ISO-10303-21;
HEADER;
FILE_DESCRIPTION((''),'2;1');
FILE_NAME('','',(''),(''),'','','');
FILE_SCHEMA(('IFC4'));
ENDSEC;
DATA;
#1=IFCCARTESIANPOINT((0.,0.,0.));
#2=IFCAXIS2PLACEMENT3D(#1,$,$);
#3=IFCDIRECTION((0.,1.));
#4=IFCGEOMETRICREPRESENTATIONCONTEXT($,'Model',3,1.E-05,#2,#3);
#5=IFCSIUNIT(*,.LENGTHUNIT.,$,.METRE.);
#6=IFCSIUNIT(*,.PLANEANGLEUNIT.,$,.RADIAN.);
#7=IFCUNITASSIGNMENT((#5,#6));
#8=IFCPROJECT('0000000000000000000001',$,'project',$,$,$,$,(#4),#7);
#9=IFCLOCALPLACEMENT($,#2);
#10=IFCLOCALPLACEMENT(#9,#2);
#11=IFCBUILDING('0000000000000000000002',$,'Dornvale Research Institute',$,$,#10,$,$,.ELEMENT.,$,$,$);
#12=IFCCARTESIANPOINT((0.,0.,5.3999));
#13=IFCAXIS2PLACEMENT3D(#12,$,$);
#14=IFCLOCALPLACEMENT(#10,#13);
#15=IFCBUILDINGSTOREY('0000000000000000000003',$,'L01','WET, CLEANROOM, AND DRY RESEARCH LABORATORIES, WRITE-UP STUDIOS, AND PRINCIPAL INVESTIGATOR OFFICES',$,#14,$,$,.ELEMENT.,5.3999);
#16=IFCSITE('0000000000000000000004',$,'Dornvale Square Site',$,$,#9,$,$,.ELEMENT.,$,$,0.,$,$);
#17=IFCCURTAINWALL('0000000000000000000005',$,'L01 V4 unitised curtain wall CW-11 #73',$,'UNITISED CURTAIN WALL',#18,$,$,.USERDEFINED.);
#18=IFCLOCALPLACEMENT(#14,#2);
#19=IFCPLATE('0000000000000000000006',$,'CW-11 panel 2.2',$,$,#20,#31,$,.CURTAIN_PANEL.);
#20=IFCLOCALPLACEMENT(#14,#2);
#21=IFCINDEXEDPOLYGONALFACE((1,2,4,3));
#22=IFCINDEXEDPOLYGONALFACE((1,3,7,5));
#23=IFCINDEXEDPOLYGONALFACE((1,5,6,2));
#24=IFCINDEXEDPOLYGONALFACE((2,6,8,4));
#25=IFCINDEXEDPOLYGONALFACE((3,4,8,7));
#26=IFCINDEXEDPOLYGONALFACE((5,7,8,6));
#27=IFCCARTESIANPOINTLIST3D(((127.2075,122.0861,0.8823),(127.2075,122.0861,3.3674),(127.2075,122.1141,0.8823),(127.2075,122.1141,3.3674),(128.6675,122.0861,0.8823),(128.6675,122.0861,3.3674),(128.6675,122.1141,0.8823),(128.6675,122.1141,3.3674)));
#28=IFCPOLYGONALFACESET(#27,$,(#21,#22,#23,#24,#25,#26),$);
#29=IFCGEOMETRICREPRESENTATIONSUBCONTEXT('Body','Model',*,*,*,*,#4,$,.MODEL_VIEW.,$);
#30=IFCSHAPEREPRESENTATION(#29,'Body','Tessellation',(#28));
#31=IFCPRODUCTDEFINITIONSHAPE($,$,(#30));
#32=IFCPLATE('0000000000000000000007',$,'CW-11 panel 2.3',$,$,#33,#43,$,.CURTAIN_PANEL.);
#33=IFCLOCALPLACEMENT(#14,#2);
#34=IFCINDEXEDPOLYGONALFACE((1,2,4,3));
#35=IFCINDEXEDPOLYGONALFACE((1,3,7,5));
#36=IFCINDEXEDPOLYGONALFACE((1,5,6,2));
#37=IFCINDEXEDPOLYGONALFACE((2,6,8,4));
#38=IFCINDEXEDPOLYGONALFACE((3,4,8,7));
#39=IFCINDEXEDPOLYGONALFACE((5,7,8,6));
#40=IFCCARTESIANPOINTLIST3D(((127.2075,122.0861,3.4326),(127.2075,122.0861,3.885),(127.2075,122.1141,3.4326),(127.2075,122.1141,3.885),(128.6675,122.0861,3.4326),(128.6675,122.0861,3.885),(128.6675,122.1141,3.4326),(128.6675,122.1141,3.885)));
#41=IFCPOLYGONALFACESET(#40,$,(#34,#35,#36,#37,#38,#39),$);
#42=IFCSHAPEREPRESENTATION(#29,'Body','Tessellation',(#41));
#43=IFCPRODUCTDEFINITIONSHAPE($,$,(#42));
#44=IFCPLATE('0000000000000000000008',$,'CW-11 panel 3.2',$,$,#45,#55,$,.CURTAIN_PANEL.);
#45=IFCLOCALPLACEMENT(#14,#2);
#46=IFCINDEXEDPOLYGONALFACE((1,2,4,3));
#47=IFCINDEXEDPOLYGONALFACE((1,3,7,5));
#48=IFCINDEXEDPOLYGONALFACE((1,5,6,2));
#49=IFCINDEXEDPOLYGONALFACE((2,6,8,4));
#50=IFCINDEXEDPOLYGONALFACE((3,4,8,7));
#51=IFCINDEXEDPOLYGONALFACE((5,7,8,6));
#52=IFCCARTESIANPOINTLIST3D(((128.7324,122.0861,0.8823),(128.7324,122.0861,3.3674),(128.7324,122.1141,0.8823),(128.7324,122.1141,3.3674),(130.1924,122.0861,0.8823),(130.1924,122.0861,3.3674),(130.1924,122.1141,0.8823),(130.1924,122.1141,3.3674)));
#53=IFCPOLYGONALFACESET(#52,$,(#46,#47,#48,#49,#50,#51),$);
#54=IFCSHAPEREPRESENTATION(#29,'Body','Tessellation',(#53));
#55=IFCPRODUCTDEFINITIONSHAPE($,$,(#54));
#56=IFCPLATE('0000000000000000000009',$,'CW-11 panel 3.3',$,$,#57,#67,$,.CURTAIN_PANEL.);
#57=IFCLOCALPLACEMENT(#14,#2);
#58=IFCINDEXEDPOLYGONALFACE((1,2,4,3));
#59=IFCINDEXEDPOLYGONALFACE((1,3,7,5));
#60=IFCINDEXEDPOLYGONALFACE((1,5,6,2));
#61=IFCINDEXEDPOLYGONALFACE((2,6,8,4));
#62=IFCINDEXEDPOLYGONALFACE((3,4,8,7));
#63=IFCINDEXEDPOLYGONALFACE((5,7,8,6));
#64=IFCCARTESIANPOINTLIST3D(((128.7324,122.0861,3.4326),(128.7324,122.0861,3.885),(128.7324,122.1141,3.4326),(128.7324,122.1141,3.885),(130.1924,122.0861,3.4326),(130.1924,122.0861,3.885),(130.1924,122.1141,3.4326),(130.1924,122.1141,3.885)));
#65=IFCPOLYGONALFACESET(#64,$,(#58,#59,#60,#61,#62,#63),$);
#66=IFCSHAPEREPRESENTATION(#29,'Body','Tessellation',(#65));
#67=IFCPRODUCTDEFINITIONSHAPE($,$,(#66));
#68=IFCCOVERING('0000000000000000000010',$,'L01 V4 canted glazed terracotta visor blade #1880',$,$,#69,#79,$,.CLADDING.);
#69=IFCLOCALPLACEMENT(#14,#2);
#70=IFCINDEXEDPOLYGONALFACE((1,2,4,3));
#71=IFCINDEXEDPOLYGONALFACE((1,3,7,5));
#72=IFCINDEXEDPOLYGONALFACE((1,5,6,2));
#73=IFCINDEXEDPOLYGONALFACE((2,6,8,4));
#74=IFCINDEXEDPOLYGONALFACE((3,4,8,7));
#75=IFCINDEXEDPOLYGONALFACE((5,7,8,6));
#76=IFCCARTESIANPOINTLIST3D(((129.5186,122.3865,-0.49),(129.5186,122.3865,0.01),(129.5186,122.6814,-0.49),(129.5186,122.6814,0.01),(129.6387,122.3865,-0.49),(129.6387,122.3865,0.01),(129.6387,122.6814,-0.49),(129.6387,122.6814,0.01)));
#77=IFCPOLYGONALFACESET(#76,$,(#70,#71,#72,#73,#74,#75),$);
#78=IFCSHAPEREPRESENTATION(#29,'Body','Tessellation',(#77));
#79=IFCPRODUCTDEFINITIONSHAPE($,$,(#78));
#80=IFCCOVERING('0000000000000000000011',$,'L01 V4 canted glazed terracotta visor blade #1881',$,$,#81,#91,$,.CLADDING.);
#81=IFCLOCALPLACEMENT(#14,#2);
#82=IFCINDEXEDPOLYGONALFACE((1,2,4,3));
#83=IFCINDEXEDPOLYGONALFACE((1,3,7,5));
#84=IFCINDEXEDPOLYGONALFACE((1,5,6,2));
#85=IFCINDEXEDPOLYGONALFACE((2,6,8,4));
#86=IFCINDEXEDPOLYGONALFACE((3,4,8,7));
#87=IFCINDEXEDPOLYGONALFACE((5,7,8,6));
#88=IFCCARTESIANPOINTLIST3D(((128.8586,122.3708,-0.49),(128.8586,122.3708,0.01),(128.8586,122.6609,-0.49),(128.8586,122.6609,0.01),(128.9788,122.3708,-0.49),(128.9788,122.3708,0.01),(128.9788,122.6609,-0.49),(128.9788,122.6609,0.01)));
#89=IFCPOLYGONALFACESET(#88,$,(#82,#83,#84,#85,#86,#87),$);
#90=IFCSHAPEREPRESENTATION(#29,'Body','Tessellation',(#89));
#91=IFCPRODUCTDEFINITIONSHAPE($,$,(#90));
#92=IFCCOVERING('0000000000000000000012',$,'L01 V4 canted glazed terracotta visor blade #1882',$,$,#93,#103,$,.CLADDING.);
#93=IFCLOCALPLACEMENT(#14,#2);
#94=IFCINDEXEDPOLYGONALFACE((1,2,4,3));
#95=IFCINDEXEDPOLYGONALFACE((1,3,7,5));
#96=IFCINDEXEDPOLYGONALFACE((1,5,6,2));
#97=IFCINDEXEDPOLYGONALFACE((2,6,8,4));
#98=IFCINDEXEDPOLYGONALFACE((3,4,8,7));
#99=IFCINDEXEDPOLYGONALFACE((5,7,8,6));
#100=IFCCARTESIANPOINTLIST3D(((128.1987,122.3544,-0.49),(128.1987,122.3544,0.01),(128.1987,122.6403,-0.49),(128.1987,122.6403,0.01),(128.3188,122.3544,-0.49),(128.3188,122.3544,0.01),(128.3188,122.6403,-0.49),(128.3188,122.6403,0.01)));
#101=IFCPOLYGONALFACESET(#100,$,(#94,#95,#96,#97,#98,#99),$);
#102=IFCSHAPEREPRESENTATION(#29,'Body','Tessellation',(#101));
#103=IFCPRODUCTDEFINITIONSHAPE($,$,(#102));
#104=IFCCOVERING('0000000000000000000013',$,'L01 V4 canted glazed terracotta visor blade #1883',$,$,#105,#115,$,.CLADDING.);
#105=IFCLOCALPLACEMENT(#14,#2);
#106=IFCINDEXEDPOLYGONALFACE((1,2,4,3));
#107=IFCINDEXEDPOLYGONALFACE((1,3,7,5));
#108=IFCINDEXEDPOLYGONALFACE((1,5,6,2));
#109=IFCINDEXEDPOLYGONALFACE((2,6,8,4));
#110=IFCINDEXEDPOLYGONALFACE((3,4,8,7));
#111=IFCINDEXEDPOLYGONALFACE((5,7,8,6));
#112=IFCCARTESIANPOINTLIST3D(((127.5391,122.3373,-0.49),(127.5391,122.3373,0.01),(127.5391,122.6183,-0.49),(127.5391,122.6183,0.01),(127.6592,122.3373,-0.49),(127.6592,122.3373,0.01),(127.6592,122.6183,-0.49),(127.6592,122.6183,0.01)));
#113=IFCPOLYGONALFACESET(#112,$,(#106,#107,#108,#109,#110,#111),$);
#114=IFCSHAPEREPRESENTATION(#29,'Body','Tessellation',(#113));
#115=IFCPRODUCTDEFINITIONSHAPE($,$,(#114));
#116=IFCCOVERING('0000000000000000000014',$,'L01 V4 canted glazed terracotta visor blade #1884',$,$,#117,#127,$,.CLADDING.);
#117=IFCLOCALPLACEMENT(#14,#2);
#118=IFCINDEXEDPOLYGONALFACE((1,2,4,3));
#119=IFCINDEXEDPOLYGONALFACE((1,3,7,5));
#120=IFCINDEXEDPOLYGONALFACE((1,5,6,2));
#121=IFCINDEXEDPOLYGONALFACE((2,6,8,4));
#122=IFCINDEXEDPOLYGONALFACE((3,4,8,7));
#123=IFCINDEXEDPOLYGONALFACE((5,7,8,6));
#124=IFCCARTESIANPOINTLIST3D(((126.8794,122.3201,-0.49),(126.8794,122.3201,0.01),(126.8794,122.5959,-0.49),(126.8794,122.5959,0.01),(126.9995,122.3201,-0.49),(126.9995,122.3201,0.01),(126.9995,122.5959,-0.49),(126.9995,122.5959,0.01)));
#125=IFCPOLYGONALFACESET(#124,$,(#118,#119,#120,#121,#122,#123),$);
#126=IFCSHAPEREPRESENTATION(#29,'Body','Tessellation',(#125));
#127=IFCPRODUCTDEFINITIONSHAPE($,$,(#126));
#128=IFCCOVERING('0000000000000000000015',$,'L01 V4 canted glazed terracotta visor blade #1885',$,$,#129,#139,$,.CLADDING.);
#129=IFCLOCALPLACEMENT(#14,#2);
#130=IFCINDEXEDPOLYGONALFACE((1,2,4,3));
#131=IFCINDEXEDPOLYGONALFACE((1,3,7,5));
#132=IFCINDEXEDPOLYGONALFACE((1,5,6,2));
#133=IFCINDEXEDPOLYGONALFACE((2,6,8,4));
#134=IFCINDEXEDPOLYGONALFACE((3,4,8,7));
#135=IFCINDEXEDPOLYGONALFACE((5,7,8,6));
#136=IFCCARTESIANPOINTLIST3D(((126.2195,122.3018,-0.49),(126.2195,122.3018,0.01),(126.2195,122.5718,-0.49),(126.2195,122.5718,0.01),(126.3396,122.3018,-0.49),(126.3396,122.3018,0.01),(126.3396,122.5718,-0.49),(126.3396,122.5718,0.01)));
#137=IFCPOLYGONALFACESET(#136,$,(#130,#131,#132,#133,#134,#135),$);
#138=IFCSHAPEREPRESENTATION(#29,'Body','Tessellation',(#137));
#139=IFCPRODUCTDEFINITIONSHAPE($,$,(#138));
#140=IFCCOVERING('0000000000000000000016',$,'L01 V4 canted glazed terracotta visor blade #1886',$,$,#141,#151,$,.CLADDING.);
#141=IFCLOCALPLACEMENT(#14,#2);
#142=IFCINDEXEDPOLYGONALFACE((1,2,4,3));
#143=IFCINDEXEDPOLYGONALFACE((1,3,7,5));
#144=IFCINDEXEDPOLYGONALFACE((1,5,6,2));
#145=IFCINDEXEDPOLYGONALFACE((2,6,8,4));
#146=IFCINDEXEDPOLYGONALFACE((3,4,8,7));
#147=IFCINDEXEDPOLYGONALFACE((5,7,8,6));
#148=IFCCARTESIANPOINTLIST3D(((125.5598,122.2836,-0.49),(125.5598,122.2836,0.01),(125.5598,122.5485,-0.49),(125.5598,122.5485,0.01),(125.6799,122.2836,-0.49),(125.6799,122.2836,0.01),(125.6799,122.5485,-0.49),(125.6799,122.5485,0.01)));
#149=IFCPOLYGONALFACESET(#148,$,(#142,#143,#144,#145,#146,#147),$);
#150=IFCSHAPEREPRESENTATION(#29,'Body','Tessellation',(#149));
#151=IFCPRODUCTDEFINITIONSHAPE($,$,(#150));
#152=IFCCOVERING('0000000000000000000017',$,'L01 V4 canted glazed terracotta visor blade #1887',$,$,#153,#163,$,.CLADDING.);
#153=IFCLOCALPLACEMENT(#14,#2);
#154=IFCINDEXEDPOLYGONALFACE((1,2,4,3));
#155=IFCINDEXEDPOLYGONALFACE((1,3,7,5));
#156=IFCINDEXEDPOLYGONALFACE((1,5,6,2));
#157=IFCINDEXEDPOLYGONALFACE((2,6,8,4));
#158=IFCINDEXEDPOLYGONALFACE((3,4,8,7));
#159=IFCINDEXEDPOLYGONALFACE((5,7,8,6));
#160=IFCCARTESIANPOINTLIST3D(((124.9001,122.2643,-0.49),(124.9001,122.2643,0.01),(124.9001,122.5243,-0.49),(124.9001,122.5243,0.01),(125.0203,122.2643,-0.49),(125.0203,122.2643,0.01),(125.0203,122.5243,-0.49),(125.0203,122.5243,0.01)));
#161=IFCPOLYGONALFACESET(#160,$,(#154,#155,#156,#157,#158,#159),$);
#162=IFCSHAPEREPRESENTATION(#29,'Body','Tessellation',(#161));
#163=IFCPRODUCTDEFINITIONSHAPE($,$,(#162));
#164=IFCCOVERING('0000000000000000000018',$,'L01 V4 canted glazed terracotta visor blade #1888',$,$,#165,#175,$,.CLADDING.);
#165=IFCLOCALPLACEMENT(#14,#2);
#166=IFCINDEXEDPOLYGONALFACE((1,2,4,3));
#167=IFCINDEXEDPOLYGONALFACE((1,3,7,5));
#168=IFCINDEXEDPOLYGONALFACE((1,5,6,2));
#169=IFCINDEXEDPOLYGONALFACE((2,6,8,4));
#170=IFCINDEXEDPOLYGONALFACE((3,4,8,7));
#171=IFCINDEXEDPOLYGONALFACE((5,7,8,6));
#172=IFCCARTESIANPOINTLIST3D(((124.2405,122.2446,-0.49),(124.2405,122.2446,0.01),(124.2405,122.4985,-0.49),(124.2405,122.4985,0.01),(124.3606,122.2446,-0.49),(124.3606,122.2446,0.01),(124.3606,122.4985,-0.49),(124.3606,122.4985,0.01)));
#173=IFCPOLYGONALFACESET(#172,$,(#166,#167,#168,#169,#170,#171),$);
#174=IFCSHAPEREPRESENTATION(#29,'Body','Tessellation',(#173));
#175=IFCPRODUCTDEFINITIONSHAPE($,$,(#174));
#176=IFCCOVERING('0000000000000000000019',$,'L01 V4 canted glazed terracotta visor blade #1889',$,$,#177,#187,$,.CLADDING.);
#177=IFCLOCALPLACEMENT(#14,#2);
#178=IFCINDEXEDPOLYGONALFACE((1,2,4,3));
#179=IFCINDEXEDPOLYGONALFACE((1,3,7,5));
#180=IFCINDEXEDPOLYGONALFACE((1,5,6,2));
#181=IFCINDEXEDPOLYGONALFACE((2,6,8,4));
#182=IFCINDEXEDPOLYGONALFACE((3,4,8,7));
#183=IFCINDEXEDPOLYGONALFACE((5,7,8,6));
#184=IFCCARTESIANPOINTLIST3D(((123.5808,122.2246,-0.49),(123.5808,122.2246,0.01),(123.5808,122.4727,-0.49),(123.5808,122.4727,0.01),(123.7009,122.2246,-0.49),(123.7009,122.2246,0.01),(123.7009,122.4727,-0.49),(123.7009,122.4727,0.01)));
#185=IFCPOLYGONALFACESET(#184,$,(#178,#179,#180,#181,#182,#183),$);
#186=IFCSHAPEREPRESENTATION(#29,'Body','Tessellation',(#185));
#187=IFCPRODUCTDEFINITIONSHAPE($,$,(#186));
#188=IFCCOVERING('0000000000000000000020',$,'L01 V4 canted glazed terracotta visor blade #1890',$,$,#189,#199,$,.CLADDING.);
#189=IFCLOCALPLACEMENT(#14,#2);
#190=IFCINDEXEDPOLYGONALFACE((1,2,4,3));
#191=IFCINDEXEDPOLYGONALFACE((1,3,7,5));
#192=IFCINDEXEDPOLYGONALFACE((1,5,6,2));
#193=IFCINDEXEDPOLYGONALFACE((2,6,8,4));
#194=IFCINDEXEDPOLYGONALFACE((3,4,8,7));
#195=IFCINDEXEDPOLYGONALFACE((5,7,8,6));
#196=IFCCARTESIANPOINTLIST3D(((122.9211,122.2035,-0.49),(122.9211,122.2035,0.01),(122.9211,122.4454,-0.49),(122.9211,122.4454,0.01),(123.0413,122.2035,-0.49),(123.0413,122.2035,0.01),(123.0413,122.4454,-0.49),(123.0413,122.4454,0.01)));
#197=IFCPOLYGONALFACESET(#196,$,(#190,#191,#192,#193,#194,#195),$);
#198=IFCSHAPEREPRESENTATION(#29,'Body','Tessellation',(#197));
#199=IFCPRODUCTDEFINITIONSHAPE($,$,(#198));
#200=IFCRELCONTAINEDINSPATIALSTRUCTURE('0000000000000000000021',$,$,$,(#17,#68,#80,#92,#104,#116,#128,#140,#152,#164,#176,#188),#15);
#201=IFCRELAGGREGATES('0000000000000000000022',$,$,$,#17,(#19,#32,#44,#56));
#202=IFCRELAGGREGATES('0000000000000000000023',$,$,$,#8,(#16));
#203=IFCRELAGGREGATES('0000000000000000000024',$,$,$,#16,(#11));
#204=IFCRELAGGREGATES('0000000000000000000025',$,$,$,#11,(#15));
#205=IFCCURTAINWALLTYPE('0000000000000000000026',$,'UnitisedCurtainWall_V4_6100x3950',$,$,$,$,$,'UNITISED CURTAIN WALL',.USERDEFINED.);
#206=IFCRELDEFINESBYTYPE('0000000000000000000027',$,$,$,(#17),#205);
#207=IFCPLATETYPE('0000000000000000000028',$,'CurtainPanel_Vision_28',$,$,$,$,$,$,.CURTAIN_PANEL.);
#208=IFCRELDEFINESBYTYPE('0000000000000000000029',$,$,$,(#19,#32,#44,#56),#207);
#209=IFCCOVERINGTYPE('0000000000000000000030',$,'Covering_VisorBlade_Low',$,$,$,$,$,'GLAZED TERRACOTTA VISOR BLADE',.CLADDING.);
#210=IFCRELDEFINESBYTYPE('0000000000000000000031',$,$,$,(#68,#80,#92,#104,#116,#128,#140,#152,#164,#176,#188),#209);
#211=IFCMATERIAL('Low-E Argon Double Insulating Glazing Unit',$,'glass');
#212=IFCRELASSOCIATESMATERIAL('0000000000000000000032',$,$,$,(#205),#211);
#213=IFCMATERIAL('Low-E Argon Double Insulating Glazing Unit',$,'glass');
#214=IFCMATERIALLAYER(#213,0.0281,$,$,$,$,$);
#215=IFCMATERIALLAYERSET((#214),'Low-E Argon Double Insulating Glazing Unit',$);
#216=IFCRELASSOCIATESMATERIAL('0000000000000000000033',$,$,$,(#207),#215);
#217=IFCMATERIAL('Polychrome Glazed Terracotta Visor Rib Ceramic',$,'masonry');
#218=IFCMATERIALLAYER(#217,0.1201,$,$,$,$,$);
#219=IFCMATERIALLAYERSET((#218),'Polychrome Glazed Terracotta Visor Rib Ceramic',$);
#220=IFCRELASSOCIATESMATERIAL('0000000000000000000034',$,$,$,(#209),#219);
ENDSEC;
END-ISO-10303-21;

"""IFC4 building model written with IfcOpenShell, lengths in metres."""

from ifc_helpers import new_model, si_unit, direction, frame, origin, origin_2d, place, context, subcontext, project, spatial, rectangle, extrude, material, layer, layer_set, type_object, element, aggregate, save


model = new_model("IFC4")

# Units and contexts
model_context = context("Model", 3, precision=1e-05, world=origin(), true_north=direction((0.0, 1.0)))
body_context = subcontext(model_context, "Body", "Model", "MODEL_VIEW")
ifc_project = project(units=[si_unit("LENGTHUNIT", "METRE"), si_unit("PLANEANGLEUNIT", "RADIAN")], contexts=[model_context])

# Site, building, storey
site_placement = place(None, origin())
site = spatial("IfcSite", under=ifc_project, at=site_placement, Name="Dornvale Square Site", CompositionType="ELEMENT", RefElevation=0.0)
building_placement = place(site_placement, origin())
building = spatial("IfcBuilding", under=site, at=building_placement, Name="Dornvale Research Institute", CompositionType="ELEMENT")
storey_placement = place(building_placement, frame((0.0, 0.0, 5.3999)))
storey = spatial("IfcBuildingStorey", under=building, at=storey_placement, Name="L01", Description="WET, CLEANROOM, AND DRY RESEARCH LABORATORIES, WRITE-UP STUDIOS, AND PRINCIPAL INVESTIGATOR OFFICES", CompositionType="ELEMENT", Elevation=5.3999)

# Curtain wall, plates
ifc_material_1 = material(Name="Low-E Argon Double Insulating Glazing Unit", Category="glass")
curtain_wall_type = type_object("IfcCurtainWallType", Name="UnitisedCurtainWall_V4_6100x3950", ElementType="UNITISED CURTAIN WALL", PredefinedType="USERDEFINED", material=ifc_material_1)
curtain_wall_placement = place(storey_placement, origin())
curtain_wall = element("IfcCurtainWall", 1, at=curtain_wall_placement, inside=storey, type_object=curtain_wall_type, Name="L01 V4 unitised curtain wall CW-11 #73", ObjectType="UNITISED CURTAIN WALL", PredefinedType="USERDEFINED")
ifc_material_2 = material(Name="Low-E Argon Double Insulating Glazing Unit", Category="glass")
ifc_layer_1 = layer(ifc_material_2, 0.0281)
ifc_layer_set_1 = layer_set([ifc_layer_1], Name="Low-E Argon Double Insulating Glazing Unit")
plate_type_1 = type_object("IfcPlateType", Name="CurtainPanel_Vision_28", PredefinedType="CURTAIN_PANEL", material=ifc_layer_set_1)
plate_1_placement = place(storey_placement, frame((127.9375, 122.1001, 0.8823), z_axis=(0.0, 0.0, 1.0), x_axis=(1.0, 0.0, 0.0)))
plate_1 = element("IfcPlate", 2, at=plate_1_placement, type_object=plate_type_1, Name="CW-11 panel 2.2", PredefinedType="CURTAIN_PANEL", context=body_context, shape_type="SweptSolid", body=[
    extrude(rectangle(XDim=1.46, YDim=0.0281, at=origin_2d()), origin(), (0.0, 0.0, 1.0), 2.4851),
])
plate_2_placement = place(storey_placement, frame((127.9375, 122.1001, 3.4326), z_axis=(0.0, 0.0, 1.0), x_axis=(1.0, 0.0, 0.0)))
plate_2 = element("IfcPlate", 3, at=plate_2_placement, type_object=plate_type_1, Name="CW-11 panel 2.3", PredefinedType="CURTAIN_PANEL", context=body_context, shape_type="SweptSolid", body=[
    extrude(rectangle(XDim=1.46, YDim=0.0281, at=origin_2d()), origin(), (0.0, 0.0, 1.0), 0.4524),
])
plate_3_placement = place(storey_placement, frame((129.4624, 122.1001, 0.8823), z_axis=(0.0, 0.0, 1.0), x_axis=(1.0, 0.0, 0.0)))
plate_3 = element("IfcPlate", 4, at=plate_3_placement, type_object=plate_type_1, Name="CW-11 panel 3.2", PredefinedType="CURTAIN_PANEL", context=body_context, shape_type="SweptSolid", body=[
    extrude(rectangle(XDim=1.46, YDim=0.0281, at=origin_2d()), origin(), (0.0, 0.0, 1.0), 2.4851),
])
plate_4_placement = place(storey_placement, frame((129.4624, 122.1001, 3.4326), z_axis=(0.0, 0.0, 1.0), x_axis=(1.0, 0.0, 0.0)))
plate_4 = element("IfcPlate", 5, at=plate_4_placement, type_object=plate_type_1, Name="CW-11 panel 3.3", PredefinedType="CURTAIN_PANEL", context=body_context, shape_type="SweptSolid", body=[
    extrude(rectangle(XDim=1.46, YDim=0.0281, at=origin_2d()), origin(), (0.0, 0.0, 1.0), 0.4524),
])
aggregate(curtain_wall, [plate_1, plate_2, plate_3, plate_4])

# Coverings
ifc_material_3 = material(Name="Polychrome Glazed Terracotta Visor Rib Ceramic", Category="masonry")
ifc_layer_2 = layer(ifc_material_3, 0.1201)
ifc_layer_set_2 = layer_set([ifc_layer_2], Name="Polychrome Glazed Terracotta Visor Rib Ceramic")
covering_type = type_object("IfcCoveringType", Name="Covering_VisorBlade_Low", ElementType="GLAZED TERRACOTTA VISOR BLADE", PredefinedType="CLADDING", material=ifc_layer_set_2)
covering_1_placement = place(storey_placement, frame((129.5786, 122.5339, -0.49), z_axis=(0.0, 0.0, 1.0), x_axis=(0.0, 1.0, 0.0)))
element("IfcCovering", 6, at=covering_1_placement, inside=storey, type_object=covering_type, Name="L01 V4 canted glazed terracotta visor blade #1880", PredefinedType="CLADDING", context=body_context, shape_type="SweptSolid", body=[
    extrude(rectangle(XDim=0.2949, YDim=0.1201, at=origin_2d()), origin(), (0.0, 0.0, 1.0), 0.5),
])
covering_2_placement = place(storey_placement, frame((128.9187, 122.5159, -0.49), z_axis=(0.0, 0.0, 1.0), x_axis=(0.0, 1.0, 0.0)))
element("IfcCovering", 7, at=covering_2_placement, inside=storey, type_object=covering_type, Name="L01 V4 canted glazed terracotta visor blade #1881", PredefinedType="CLADDING", context=body_context, shape_type="SweptSolid", body=[
    extrude(rectangle(XDim=0.29, YDim=0.1201, at=origin_2d()), origin(), (0.0, 0.0, 1.0), 0.5),
])
covering_3_placement = place(storey_placement, frame((128.2588, 122.4973, -0.49), z_axis=(0.0, 0.0, 1.0), x_axis=(0.0, 1.0, 0.0)))
element("IfcCovering", 8, at=covering_3_placement, inside=storey, type_object=covering_type, Name="L01 V4 canted glazed terracotta visor blade #1882", PredefinedType="CLADDING", context=body_context, shape_type="SweptSolid", body=[
    extrude(rectangle(XDim=0.2859, YDim=0.1201, at=origin_2d()), origin(), (0.0, 0.0, 1.0), 0.5),
])
covering_4_placement = place(storey_placement, frame((127.5991, 122.4778, -0.49), z_axis=(0.0, 0.0, 1.0), x_axis=(0.0, 1.0, 0.0)))
element("IfcCovering", 9, at=covering_4_placement, inside=storey, type_object=covering_type, Name="L01 V4 canted glazed terracotta visor blade #1883", PredefinedType="CLADDING", context=body_context, shape_type="SweptSolid", body=[
    extrude(rectangle(XDim=0.281, YDim=0.1201, at=origin_2d()), origin(), (0.0, 0.0, 1.0), 0.5),
])
covering_5_placement = place(storey_placement, frame((126.9395, 122.458, -0.49), z_axis=(0.0, 0.0, 1.0), x_axis=(0.0, 1.0, 0.0)))
element("IfcCovering", 10, at=covering_5_placement, inside=storey, type_object=covering_type, Name="L01 V4 canted glazed terracotta visor blade #1884", PredefinedType="CLADDING", context=body_context, shape_type="SweptSolid", body=[
    extrude(rectangle(XDim=0.2759, YDim=0.1201, at=origin_2d()), origin(), (0.0, 0.0, 1.0), 0.5),
])
covering_6_placement = place(storey_placement, frame((126.2795, 122.4368, -0.49), z_axis=(0.0, 0.0, 1.0), x_axis=(0.0, 1.0, 0.0)))
element("IfcCovering", 11, at=covering_6_placement, inside=storey, type_object=covering_type, Name="L01 V4 canted glazed terracotta visor blade #1885", PredefinedType="CLADDING", context=body_context, shape_type="SweptSolid", body=[
    extrude(rectangle(XDim=0.27, YDim=0.1201, at=origin_2d()), origin(), (0.0, 0.0, 1.0), 0.5),
])
covering_7_placement = place(storey_placement, frame((125.6199, 122.416, -0.49), z_axis=(0.0, 0.0, 1.0), x_axis=(0.0, 1.0, 0.0)))
element("IfcCovering", 12, at=covering_7_placement, inside=storey, type_object=covering_type, Name="L01 V4 canted glazed terracotta visor blade #1886", PredefinedType="CLADDING", context=body_context, shape_type="SweptSolid", body=[
    extrude(rectangle(XDim=0.2649, YDim=0.1201, at=origin_2d()), origin(), (0.0, 0.0, 1.0), 0.5),
])
covering_8_placement = place(storey_placement, frame((124.9602, 122.3943, -0.49), z_axis=(0.0, 0.0, 1.0), x_axis=(0.0, 1.0, 0.0)))
element("IfcCovering", 13, at=covering_8_placement, inside=storey, type_object=covering_type, Name="L01 V4 canted glazed terracotta visor blade #1887", PredefinedType="CLADDING", context=body_context, shape_type="SweptSolid", body=[
    extrude(rectangle(XDim=0.26, YDim=0.1201, at=origin_2d()), origin(), (0.0, 0.0, 1.0), 0.5),
])
covering_9_placement = place(storey_placement, frame((124.3005, 122.3716, -0.49), z_axis=(0.0, 0.0, 1.0), x_axis=(0.0, 1.0, 0.0)))
element("IfcCovering", 14, at=covering_9_placement, inside=storey, type_object=covering_type, Name="L01 V4 canted glazed terracotta visor blade #1888", PredefinedType="CLADDING", context=body_context, shape_type="SweptSolid", body=[
    extrude(rectangle(XDim=0.2539, YDim=0.1201, at=origin_2d()), origin(), (0.0, 0.0, 1.0), 0.5),
])
covering_10_placement = place(storey_placement, frame((123.6409, 122.3486, -0.49), z_axis=(0.0, 0.0, 1.0), x_axis=(0.0, 1.0, 0.0)))
element("IfcCovering", 15, at=covering_10_placement, inside=storey, type_object=covering_type, Name="L01 V4 canted glazed terracotta visor blade #1889", PredefinedType="CLADDING", context=body_context, shape_type="SweptSolid", body=[
    extrude(rectangle(XDim=0.248, YDim=0.1201, at=origin_2d()), origin(), (0.0, 0.0, 1.0), 0.5),
])
covering_11_placement = place(storey_placement, frame((122.9812, 122.3245, -0.49), z_axis=(0.0, 0.0, 1.0), x_axis=(0.0, 1.0, 0.0)))
element("IfcCovering", 16, at=covering_11_placement, inside=storey, type_object=covering_type, Name="L01 V4 canted glazed terracotta visor blade #1890", PredefinedType="CLADDING", context=body_context, shape_type="SweptSolid", body=[
    extrude(rectangle(XDim=0.2419, YDim=0.1201, at=origin_2d()), origin(), (0.0, 0.0, 1.0), 0.5),
])

save(model, "model.ifc")
